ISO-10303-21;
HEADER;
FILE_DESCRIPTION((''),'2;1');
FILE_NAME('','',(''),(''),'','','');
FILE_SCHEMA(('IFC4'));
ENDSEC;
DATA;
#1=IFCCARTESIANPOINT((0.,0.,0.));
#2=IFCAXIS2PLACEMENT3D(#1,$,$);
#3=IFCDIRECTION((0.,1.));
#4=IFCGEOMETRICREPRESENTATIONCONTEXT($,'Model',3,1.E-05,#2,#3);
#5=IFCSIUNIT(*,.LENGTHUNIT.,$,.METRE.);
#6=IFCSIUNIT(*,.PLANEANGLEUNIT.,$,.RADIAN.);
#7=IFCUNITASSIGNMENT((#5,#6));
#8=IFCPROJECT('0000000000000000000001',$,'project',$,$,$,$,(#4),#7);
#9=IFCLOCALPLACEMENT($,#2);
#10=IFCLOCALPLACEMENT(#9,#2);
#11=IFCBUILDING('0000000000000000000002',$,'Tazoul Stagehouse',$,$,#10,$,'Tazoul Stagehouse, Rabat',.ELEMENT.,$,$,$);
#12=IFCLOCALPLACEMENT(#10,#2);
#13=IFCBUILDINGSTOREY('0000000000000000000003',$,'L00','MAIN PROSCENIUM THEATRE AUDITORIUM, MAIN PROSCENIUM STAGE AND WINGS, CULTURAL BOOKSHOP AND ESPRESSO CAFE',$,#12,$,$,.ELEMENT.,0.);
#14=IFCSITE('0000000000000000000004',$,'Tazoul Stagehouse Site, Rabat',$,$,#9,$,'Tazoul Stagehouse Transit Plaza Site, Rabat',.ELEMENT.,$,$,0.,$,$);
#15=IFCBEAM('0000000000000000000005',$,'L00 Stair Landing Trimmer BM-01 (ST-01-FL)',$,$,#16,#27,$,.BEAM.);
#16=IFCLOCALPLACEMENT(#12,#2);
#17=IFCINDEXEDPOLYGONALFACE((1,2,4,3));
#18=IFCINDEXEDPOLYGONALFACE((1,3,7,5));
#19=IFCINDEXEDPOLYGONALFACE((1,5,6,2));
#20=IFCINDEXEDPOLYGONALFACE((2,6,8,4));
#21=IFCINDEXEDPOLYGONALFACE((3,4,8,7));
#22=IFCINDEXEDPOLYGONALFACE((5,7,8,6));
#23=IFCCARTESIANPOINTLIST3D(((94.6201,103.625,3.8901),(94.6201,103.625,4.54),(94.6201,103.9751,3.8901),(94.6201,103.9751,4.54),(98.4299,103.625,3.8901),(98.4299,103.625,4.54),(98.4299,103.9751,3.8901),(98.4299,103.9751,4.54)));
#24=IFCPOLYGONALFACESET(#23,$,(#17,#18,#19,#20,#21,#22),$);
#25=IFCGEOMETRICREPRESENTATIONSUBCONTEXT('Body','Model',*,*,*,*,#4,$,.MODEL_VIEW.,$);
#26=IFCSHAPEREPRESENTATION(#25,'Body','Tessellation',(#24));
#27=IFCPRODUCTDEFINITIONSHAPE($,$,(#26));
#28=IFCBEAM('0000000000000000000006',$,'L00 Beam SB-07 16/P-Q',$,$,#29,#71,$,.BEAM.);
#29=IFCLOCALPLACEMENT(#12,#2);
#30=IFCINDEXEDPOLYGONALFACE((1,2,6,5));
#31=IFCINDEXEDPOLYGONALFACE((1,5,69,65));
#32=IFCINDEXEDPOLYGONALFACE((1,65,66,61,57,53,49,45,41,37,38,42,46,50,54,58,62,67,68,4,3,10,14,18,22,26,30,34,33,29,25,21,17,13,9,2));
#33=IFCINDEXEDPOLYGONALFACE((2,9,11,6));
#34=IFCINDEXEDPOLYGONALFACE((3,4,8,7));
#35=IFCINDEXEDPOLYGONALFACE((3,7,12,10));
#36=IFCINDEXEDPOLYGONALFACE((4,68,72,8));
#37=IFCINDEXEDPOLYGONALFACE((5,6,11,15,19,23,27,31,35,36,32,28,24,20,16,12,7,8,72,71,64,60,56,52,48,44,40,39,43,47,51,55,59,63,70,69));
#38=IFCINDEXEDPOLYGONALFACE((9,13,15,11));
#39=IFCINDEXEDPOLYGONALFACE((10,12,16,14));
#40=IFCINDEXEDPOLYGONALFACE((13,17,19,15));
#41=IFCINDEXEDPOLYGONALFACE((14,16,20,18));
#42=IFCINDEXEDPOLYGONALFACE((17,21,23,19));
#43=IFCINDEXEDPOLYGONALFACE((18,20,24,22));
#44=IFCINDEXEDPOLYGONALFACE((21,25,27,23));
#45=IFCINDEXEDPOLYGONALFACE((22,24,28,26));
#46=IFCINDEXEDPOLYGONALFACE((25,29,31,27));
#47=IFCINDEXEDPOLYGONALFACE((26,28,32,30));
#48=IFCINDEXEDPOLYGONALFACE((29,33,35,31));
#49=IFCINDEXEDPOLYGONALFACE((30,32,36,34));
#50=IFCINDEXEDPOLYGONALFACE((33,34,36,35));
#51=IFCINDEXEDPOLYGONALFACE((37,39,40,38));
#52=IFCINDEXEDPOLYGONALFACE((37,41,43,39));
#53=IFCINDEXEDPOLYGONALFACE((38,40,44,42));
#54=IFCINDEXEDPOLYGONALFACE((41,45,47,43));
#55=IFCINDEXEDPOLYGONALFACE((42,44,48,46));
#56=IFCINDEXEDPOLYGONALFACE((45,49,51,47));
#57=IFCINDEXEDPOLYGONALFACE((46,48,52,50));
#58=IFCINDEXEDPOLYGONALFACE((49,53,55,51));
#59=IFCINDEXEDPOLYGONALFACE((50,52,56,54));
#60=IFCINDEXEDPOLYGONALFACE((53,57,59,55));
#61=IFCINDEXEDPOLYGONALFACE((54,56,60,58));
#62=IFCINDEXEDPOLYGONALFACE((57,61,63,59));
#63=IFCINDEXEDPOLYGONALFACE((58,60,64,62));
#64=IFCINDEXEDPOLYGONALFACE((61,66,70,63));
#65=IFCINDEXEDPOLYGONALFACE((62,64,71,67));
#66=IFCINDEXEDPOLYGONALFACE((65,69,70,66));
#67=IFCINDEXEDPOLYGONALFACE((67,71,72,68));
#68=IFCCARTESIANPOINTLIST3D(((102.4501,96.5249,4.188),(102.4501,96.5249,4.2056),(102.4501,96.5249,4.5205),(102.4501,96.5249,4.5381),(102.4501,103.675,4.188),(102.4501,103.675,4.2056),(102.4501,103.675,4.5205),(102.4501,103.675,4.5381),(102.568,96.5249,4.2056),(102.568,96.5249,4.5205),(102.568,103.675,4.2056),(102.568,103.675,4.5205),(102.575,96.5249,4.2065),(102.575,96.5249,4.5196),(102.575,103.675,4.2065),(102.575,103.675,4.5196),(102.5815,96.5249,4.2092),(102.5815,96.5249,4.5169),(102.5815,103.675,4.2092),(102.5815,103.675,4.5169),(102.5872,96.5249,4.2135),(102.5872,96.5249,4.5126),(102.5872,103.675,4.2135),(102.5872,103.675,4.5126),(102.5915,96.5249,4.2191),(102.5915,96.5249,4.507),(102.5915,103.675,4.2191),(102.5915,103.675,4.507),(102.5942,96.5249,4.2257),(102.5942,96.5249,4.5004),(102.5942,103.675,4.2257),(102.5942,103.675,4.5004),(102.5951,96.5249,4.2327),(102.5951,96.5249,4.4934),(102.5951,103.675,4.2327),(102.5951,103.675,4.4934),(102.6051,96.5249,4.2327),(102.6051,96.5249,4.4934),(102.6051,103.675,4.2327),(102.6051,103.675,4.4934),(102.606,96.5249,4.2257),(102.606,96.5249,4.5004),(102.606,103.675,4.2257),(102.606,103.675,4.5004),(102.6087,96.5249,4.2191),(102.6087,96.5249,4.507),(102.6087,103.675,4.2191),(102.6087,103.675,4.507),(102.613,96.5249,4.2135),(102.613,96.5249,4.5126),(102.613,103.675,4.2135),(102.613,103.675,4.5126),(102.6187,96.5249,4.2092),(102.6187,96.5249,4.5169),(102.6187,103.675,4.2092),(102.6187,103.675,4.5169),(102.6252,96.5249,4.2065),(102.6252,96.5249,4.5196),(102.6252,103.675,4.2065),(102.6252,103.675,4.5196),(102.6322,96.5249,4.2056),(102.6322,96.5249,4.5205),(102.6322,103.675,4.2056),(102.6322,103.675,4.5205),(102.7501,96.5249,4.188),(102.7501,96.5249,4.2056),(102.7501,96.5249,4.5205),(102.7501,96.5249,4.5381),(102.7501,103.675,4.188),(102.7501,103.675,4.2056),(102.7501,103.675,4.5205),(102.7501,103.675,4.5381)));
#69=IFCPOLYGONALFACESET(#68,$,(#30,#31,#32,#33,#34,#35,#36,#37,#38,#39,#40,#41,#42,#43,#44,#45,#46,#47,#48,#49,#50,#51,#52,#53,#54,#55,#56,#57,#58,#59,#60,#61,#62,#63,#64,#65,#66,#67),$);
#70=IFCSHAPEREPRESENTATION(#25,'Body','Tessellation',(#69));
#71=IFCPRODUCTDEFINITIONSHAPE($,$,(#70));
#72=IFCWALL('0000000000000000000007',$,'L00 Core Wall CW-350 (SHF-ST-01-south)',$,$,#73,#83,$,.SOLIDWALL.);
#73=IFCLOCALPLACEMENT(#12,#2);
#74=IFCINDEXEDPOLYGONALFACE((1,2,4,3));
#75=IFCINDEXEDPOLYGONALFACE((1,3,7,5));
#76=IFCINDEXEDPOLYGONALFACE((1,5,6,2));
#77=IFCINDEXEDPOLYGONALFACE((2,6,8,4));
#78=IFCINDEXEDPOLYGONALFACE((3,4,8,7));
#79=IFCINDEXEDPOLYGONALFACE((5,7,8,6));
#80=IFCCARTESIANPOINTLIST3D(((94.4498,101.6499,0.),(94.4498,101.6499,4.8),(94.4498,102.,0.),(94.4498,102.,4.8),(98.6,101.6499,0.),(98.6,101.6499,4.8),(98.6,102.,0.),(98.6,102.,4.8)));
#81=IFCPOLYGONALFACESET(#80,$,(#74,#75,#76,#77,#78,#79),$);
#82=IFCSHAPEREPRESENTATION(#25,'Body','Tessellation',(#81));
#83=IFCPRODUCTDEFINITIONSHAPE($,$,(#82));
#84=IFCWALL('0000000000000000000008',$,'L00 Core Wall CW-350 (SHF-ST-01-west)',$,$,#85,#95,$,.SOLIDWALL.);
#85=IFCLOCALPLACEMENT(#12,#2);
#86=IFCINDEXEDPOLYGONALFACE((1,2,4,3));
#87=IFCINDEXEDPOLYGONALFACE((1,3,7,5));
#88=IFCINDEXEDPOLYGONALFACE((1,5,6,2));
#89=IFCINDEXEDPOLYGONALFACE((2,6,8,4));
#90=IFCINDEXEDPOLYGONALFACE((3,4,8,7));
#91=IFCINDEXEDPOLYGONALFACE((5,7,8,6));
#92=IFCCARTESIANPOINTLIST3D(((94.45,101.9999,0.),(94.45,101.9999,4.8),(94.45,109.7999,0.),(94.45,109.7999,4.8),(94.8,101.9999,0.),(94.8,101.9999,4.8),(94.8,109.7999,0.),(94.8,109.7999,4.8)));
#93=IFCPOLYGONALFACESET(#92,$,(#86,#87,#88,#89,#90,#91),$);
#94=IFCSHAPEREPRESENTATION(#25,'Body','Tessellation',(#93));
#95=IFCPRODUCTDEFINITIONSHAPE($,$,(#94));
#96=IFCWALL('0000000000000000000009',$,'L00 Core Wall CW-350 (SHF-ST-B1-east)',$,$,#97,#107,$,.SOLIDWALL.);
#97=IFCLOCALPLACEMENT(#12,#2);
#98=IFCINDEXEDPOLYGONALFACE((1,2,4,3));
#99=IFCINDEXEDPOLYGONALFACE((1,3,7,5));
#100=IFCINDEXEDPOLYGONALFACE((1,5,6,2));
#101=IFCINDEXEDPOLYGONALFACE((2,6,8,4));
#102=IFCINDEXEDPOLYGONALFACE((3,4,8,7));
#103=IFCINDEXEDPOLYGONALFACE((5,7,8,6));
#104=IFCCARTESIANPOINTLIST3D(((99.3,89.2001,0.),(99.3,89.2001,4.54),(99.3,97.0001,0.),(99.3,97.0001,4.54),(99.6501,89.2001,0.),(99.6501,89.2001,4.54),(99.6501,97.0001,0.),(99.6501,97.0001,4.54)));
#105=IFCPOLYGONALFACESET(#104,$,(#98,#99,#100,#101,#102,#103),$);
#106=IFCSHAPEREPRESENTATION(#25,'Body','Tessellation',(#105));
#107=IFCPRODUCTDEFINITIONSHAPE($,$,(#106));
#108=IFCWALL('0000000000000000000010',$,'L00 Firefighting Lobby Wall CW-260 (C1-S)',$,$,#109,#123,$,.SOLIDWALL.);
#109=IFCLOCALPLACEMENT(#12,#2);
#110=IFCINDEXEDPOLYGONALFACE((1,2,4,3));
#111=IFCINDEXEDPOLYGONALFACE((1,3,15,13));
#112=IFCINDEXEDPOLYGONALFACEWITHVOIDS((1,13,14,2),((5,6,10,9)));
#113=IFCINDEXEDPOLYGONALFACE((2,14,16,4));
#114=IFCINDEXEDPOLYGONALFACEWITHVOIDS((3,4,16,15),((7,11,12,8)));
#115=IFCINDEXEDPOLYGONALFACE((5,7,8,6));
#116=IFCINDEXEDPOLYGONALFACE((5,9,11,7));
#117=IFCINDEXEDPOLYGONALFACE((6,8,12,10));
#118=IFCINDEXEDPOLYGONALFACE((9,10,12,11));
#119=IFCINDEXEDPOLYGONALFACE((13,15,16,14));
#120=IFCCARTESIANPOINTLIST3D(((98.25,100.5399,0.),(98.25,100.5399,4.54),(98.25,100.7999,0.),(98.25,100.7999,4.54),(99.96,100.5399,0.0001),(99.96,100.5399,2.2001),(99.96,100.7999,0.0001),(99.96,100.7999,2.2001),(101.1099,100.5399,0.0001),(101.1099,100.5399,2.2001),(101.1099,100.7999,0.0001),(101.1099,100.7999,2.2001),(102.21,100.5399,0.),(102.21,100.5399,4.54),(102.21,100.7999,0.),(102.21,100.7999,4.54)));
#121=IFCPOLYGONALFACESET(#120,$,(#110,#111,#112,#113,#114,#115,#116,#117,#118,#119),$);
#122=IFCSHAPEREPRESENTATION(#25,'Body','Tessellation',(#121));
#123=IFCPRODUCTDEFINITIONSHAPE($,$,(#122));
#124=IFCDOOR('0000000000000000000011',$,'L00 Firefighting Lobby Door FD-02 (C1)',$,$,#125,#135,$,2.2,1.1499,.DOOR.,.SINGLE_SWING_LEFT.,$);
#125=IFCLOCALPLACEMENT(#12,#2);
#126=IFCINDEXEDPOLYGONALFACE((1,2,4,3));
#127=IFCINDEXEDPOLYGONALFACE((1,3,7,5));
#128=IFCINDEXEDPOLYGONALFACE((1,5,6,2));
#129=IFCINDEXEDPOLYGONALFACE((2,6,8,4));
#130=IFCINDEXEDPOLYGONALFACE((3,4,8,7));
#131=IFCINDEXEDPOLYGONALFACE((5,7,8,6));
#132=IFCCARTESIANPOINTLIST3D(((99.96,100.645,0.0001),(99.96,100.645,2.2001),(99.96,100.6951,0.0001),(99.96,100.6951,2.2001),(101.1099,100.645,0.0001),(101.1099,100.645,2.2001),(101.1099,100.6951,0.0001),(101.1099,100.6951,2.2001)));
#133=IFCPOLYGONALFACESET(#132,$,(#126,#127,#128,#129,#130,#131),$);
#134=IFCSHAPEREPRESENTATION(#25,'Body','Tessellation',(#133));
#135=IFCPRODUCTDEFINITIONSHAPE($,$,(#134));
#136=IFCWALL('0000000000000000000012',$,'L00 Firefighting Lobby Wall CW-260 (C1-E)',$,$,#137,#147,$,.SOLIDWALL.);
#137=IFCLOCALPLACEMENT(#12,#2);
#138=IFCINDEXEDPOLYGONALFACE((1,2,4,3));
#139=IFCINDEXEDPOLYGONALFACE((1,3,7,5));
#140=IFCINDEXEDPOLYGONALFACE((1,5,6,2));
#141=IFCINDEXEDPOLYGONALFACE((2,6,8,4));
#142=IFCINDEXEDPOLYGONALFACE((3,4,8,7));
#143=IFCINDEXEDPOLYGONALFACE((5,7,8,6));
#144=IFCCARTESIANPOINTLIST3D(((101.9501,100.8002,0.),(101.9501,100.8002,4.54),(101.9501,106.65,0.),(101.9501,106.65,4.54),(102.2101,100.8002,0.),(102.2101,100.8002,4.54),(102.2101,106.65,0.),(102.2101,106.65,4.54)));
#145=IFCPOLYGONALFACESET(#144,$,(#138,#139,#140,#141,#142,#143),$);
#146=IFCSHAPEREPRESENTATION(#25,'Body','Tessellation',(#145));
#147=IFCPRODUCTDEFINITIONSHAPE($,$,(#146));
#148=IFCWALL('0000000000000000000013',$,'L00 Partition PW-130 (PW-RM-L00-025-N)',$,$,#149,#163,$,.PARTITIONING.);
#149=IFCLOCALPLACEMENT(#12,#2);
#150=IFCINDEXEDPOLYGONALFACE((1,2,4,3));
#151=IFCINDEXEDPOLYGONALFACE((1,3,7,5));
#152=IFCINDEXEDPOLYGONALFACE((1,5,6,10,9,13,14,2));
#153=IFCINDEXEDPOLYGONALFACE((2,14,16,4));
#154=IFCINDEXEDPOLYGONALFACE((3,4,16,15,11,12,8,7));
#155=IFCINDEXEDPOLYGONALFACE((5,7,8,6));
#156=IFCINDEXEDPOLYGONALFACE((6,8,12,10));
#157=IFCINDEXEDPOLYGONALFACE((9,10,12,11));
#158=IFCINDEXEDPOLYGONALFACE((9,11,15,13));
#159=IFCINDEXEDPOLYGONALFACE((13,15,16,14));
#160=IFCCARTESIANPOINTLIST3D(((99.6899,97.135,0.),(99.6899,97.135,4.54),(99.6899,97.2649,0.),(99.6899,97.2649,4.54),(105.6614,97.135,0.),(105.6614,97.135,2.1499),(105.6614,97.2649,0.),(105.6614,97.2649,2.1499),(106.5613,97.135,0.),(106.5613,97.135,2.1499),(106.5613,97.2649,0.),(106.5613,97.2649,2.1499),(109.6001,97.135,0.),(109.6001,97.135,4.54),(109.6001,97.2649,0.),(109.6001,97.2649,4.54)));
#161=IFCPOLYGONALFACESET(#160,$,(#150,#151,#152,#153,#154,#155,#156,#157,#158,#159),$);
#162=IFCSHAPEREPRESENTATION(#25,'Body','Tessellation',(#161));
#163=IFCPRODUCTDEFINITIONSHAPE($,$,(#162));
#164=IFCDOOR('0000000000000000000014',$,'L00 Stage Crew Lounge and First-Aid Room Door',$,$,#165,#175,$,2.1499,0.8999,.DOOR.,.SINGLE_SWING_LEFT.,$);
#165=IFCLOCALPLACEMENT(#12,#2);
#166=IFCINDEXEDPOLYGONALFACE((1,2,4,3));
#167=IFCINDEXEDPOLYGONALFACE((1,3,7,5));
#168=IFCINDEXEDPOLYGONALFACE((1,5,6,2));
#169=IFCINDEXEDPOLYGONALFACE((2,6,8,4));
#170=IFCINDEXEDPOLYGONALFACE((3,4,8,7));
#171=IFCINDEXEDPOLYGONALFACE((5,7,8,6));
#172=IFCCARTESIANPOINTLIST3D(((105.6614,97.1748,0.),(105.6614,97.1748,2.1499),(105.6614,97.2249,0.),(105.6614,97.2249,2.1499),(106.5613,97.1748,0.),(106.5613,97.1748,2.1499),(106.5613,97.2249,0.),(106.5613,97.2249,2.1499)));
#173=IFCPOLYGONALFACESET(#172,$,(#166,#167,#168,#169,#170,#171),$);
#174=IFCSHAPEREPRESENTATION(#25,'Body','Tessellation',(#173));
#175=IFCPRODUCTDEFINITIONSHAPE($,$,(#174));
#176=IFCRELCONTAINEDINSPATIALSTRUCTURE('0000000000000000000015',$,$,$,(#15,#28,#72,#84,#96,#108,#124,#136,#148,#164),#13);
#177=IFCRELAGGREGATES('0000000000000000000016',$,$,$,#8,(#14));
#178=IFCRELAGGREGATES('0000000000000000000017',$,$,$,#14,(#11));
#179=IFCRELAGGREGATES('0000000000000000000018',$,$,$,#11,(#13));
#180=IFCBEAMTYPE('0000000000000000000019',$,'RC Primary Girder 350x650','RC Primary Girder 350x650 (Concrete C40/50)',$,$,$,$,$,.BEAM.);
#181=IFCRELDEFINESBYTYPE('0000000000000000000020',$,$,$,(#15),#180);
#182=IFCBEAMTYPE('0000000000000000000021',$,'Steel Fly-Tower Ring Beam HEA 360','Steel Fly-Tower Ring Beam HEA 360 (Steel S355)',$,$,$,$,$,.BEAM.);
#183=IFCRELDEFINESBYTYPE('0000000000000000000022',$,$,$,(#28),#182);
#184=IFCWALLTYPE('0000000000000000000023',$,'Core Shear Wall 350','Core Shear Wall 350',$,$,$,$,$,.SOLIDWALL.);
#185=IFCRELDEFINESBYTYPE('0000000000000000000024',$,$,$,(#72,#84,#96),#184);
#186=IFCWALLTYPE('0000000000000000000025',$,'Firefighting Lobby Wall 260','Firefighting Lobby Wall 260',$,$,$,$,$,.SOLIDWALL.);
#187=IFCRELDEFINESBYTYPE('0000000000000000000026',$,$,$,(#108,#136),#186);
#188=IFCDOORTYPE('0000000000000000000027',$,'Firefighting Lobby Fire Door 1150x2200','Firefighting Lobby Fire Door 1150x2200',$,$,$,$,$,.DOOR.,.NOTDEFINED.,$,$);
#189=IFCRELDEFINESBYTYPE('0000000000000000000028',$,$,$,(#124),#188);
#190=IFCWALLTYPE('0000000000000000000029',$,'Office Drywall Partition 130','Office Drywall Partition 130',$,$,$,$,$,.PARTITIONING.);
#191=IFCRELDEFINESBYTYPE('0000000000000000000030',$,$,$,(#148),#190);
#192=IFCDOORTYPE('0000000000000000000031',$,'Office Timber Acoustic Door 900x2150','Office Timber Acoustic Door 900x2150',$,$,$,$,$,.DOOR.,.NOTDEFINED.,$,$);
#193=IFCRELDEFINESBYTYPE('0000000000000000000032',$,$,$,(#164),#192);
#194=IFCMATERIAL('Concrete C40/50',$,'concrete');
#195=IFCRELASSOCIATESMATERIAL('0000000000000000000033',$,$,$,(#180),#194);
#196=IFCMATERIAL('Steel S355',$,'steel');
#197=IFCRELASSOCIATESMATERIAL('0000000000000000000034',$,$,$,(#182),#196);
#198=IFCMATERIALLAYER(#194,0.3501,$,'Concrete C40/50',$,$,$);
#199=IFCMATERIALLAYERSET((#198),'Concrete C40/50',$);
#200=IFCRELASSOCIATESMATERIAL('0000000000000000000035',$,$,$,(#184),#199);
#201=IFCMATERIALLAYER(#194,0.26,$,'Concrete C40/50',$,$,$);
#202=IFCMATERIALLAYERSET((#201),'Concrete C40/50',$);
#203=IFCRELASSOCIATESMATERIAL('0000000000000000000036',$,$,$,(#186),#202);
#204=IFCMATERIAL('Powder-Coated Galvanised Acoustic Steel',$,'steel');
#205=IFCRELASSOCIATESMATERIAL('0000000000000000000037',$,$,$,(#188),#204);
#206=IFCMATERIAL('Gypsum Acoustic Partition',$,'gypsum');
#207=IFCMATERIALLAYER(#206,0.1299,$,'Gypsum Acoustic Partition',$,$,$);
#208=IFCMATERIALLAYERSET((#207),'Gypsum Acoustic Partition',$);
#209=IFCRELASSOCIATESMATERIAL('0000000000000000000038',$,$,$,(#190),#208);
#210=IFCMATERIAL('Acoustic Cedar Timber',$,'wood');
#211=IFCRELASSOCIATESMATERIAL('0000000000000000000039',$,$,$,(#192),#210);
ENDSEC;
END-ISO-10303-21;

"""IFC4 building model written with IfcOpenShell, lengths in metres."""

from ifc_helpers import new_model, si_unit, direction, frame, frame_2d, origin, origin_2d, place, context, subcontext, project, spatial, rectangle, i_section, extrude, material, layer, layer_set, material_profile, profile_set, type_object, element, fill, save


model = new_model("IFC4")

# Units and contexts
model_context = context("Model", 3, precision=1e-05, world=origin(), true_north=direction((0.0, 1.0)))
body_context = subcontext(model_context, "Body", "Model", "MODEL_VIEW")
ifc_project = project(units=[si_unit("LENGTHUNIT", "METRE"), si_unit("PLANEANGLEUNIT", "RADIAN")], contexts=[model_context])

# Site, building, storey
site_placement = place(None, origin())
site = spatial("IfcSite", under=ifc_project, at=site_placement, Name="Tazoul Stagehouse Site, Rabat", LongName="Tazoul Stagehouse Transit Plaza Site, Rabat", CompositionType="ELEMENT", RefElevation=0.0)
building_placement = place(site_placement, origin())
building = spatial("IfcBuilding", under=site, at=building_placement, Name="Tazoul Stagehouse", LongName="Tazoul Stagehouse, Rabat", CompositionType="ELEMENT")
storey_placement = place(building_placement, origin())
storey = spatial("IfcBuildingStorey", under=building, at=storey_placement, Name="L00", Description="MAIN PROSCENIUM THEATRE AUDITORIUM, MAIN PROSCENIUM STAGE AND WINGS, CULTURAL BOOKSHOP AND ESPRESSO CAFE", CompositionType="ELEMENT", Elevation=0.0)

# Beams
ifc_material_1 = material(Name="Concrete C40/50", Category="concrete")
ifc_material_profile_1 = material_profile(ifc_material_1, rectangle(XDim=0.3501, YDim=0.6499, at=origin_2d()), Name="RC 350x650")
ifc_profile_set_1 = profile_set([ifc_material_profile_1], Name="Concrete C40/50")
beam_type_1 = type_object("IfcBeamType", Name="RC Primary Girder 350x650", Description="RC Primary Girder 350x650 (Concrete C40/50)", PredefinedType="BEAM", material=ifc_profile_set_1)
beam_1_placement = place(storey_placement, frame((94.6201, 103.8, 4.2151), z_axis=(1.0, 0.0, 0.0), x_axis=(0.0, 1.0, 0.0)))
element("IfcBeam", 1, at=beam_1_placement, inside=storey, type_object=beam_type_1, Name="L00 Stair Landing Trimmer BM-01 (ST-01-FL)", PredefinedType="BEAM", context=body_context, shape_type="SweptSolid", body=[
    extrude(rectangle(XDim=0.3501, YDim=0.6499, at=origin_2d()), origin(), (0.0, 0.0, 1.0), 3.8098),
])
ifc_material_2 = material(Name="Steel S355", Category="steel")
ifc_material_profile_2 = material_profile(ifc_material_2, i_section(OverallWidth=0.3, OverallDepth=0.3501, WebThickness=0.01, FlangeThickness=0.0176, FilletRadius=0.0271, at=origin_2d()), Name="HEA 360")
ifc_profile_set_2 = profile_set([ifc_material_profile_2], Name="Steel S355")
beam_type_2 = type_object("IfcBeamType", Name="Steel Fly-Tower Ring Beam HEA 360", Description="Steel Fly-Tower Ring Beam HEA 360 (Steel S355)", PredefinedType="BEAM", material=ifc_profile_set_2)
beam_2_placement = place(storey_placement, frame((102.6001, 96.5249, 4.363), z_axis=(0.0, 1.0, 0.0), x_axis=(-1.0, 0.0, 0.0)))
element("IfcBeam", 2, at=beam_2_placement, inside=storey, type_object=beam_type_2, Name="L00 Beam SB-07 16/P-Q", PredefinedType="BEAM", context=body_context, shape_type="SweptSolid", body=[
    extrude(i_section(OverallWidth=0.3, OverallDepth=0.3501, WebThickness=0.01, FlangeThickness=0.0176, FilletRadius=0.0271, at=origin_2d()), origin(), (0.0, 0.0, 1.0), 7.1501),
])

# Walls
ifc_layer_1 = layer(ifc_material_1, 0.3501, Name="Concrete C40/50")
ifc_layer_set_1 = layer_set([ifc_layer_1], Name="Concrete C40/50")
wall_type_1 = type_object("IfcWallType", Name="Core Shear Wall 350", Description="Core Shear Wall 350", PredefinedType="SOLIDWALL", material=ifc_layer_set_1)
wall_1_placement = place(storey_placement, frame((98.6001, 101.825, 0.0), z_axis=(0.0, 0.0, 1.0), x_axis=(-1.0, 0.0, 0.0)))
element("IfcWall", 3, at=wall_1_placement, inside=storey, type_object=wall_type_1, Name="L00 Core Wall CW-350 (SHF-ST-01-south)", PredefinedType="SOLIDWALL", context=body_context, shape_type="SweptSolid", body=[
    extrude(rectangle(XDim=4.1501, YDim=0.3501, at=frame_2d((2.0752, 0.0))), origin(), (0.0, 0.0, 1.0), 4.8),
])
wall_2_placement = place(storey_placement, frame((94.625, 102.0, 0.0), z_axis=(0.0, 0.0, 1.0), x_axis=(0.0, 1.0, 0.0)))
element("IfcWall", 4, at=wall_2_placement, inside=storey, type_object=wall_type_1, Name="L00 Core Wall CW-350 (SHF-ST-01-west)", PredefinedType="SOLIDWALL", context=body_context, shape_type="SweptSolid", body=[
    extrude(rectangle(XDim=7.8, YDim=0.3501, at=frame_2d((3.8999, 0.0))), origin(), (0.0, 0.0, 1.0), 4.8),
])

# Shared definitions
ifc_material_3 = material(Name="Powder-Coated Galvanised Acoustic Steel", Category="steel")

# Wall
wall_3_placement = place(storey_placement, frame((99.4751, 97.0, 0.0), z_axis=(0.0, 0.0, 1.0), x_axis=(0.0, -1.0, 0.0)))
element("IfcWall", 5, at=wall_3_placement, inside=storey, type_object=wall_type_1, Name="L00 Core Wall CW-350 (SHF-ST-B1-east)", PredefinedType="SOLIDWALL", context=body_context, shape_type="SweptSolid", body=[
    extrude(rectangle(XDim=7.8, YDim=0.3501, at=frame_2d((3.8999, 0.0))), origin(), (0.0, 0.0, 1.0), 4.54),
])

# Wall, opening, door
ifc_layer_2 = layer(ifc_material_1, 0.26, Name="Concrete C40/50")
ifc_layer_set_2 = layer_set([ifc_layer_2], Name="Concrete C40/50")
wall_type_2 = type_object("IfcWallType", Name="Firefighting Lobby Wall 260", Description="Firefighting Lobby Wall 260", PredefinedType="SOLIDWALL", material=ifc_layer_set_2)
wall_4_placement = place(storey_placement, frame((102.21, 100.6699, 0.0), z_axis=(0.0, 0.0, 1.0), x_axis=(-1.0, 0.0, 0.0)))
wall_4 = element("IfcWall", 6, at=wall_4_placement, inside=storey, type_object=wall_type_2, Name="L00 Firefighting Lobby Wall CW-260 (C1-S)", PredefinedType="SOLIDWALL", context=body_context, shape_type="SweptSolid", body=[
    extrude(rectangle(XDim=3.96, YDim=0.26, at=frame_2d((1.98, 0.0))), origin(), (0.0, 0.0, 1.0), 4.54),
])
opening_1_placement = place(wall_4_placement, frame((1.1001, 0.0, 0.0)))
opening_1 = element("IfcOpeningElement", 7, at=opening_1_placement, cuts=wall_4, PredefinedType="OPENING", context=body_context, shape_type="SweptSolid", body=[
    extrude(rectangle(XDim=1.1499, YDim=2.2, at=frame_2d((0.575, 1.1001))), frame((0.0, 0.1499, 0.0), z_axis=(0.0, -1.0, 0.0), x_axis=(1.0, 0.0, 0.0)), (0.0, 0.0, 1.0), 0.3),
])
door_type_1 = type_object("IfcDoorType", Name="Firefighting Lobby Fire Door 1150x2200", Description="Firefighting Lobby Fire Door 1150x2200", OperationType="NOTDEFINED", PredefinedType="DOOR", material=ifc_material_3)
door_1_placement = place(opening_1_placement, origin())
door_1 = element("IfcDoor", 8, at=door_1_placement, inside=storey, type_object=door_type_1, Name="L00 Firefighting Lobby Door FD-02 (C1)", OperationType="SINGLE_SWING_LEFT", OverallHeight=2.2, OverallWidth=1.1499, PredefinedType="DOOR", context=body_context, shape_type="SweptSolid", body=[
    extrude(rectangle(XDim=1.1499, YDim=2.2, at=frame_2d((0.575, 1.1001))), frame((0.0, 0.0249, 0.0), z_axis=(0.0, -1.0, 0.0), x_axis=(1.0, 0.0, 0.0)), (0.0, 0.0, 1.0), 0.05),
])
fill(opening_1, door_1)

# Wall
wall_5_placement = place(storey_placement, frame((102.0801, 106.6499, 0.0), z_axis=(0.0, 0.0, 1.0), x_axis=(0.0, -1.0, 0.0)))
element("IfcWall", 9, at=wall_5_placement, inside=storey, type_object=wall_type_2, Name="L00 Firefighting Lobby Wall CW-260 (C1-E)", PredefinedType="SOLIDWALL", context=body_context, shape_type="SweptSolid", body=[
    extrude(rectangle(XDim=5.8499, YDim=0.26, at=frame_2d((2.9248, 0.0))), origin(), (0.0, 0.0, 1.0), 4.54),
])

# Wall, opening, door
ifc_material_4 = material(Name="Gypsum Acoustic Partition", Category="gypsum")
ifc_layer_3 = layer(ifc_material_4, 0.1299, Name="Gypsum Acoustic Partition")
ifc_layer_set_3 = layer_set([ifc_layer_3], Name="Gypsum Acoustic Partition")
wall_type_3 = type_object("IfcWallType", Name="Office Drywall Partition 130", Description="Office Drywall Partition 130", PredefinedType="PARTITIONING", material=ifc_layer_set_3)
wall_6_placement = place(storey_placement, frame((99.6899, 97.2, 0.0), z_axis=(0.0, 0.0, 1.0), x_axis=(1.0, 0.0, 0.0)))
wall_6 = element("IfcWall", 10, at=wall_6_placement, inside=storey, type_object=wall_type_3, Name="L00 Partition PW-130 (PW-RM-L00-025-N)", PredefinedType="PARTITIONING", context=body_context, shape_type="SweptSolid", body=[
    extrude(rectangle(XDim=9.9102, YDim=0.1299, at=frame_2d((4.9551, 0.0))), origin(), (0.0, 0.0, 1.0), 4.54),
])
opening_2_placement = place(wall_6_placement, frame((5.9714, 0.0, 0.0)))
opening_2 = element("IfcOpeningElement", 11, at=opening_2_placement, cuts=wall_6, PredefinedType="OPENING", context=body_context, shape_type="SweptSolid", body=[
    extrude(rectangle(XDim=0.8999, YDim=2.1499, at=frame_2d((0.45, 1.075))), frame((0.0, 0.085, 0.0), z_axis=(0.0, -1.0, 0.0), x_axis=(1.0, 0.0, 0.0)), (0.0, 0.0, 1.0), 0.1699),
])
ifc_material_5 = material(Name="Acoustic Cedar Timber", Category="wood")
door_type_2 = type_object("IfcDoorType", Name="Office Timber Acoustic Door 900x2150", Description="Office Timber Acoustic Door 900x2150", OperationType="NOTDEFINED", PredefinedType="DOOR", material=ifc_material_5)
door_2_placement = place(opening_2_placement, origin())
door_2 = element("IfcDoor", 12, at=door_2_placement, inside=storey, type_object=door_type_2, Name="L00 Stage Crew Lounge and First-Aid Room Door", OperationType="SINGLE_SWING_LEFT", OverallHeight=2.1499, OverallWidth=0.8999, PredefinedType="DOOR", context=body_context, shape_type="SweptSolid", body=[
    extrude(rectangle(XDim=0.8999, YDim=2.1499, at=frame_2d((0.45, 1.075))), frame((0.0, 0.0249, 0.0), z_axis=(0.0, -1.0, 0.0), x_axis=(1.0, 0.0, 0.0)), (0.0, 0.0, 1.0), 0.05),
])
fill(opening_2, door_2)

save(model, "model.ifc")
